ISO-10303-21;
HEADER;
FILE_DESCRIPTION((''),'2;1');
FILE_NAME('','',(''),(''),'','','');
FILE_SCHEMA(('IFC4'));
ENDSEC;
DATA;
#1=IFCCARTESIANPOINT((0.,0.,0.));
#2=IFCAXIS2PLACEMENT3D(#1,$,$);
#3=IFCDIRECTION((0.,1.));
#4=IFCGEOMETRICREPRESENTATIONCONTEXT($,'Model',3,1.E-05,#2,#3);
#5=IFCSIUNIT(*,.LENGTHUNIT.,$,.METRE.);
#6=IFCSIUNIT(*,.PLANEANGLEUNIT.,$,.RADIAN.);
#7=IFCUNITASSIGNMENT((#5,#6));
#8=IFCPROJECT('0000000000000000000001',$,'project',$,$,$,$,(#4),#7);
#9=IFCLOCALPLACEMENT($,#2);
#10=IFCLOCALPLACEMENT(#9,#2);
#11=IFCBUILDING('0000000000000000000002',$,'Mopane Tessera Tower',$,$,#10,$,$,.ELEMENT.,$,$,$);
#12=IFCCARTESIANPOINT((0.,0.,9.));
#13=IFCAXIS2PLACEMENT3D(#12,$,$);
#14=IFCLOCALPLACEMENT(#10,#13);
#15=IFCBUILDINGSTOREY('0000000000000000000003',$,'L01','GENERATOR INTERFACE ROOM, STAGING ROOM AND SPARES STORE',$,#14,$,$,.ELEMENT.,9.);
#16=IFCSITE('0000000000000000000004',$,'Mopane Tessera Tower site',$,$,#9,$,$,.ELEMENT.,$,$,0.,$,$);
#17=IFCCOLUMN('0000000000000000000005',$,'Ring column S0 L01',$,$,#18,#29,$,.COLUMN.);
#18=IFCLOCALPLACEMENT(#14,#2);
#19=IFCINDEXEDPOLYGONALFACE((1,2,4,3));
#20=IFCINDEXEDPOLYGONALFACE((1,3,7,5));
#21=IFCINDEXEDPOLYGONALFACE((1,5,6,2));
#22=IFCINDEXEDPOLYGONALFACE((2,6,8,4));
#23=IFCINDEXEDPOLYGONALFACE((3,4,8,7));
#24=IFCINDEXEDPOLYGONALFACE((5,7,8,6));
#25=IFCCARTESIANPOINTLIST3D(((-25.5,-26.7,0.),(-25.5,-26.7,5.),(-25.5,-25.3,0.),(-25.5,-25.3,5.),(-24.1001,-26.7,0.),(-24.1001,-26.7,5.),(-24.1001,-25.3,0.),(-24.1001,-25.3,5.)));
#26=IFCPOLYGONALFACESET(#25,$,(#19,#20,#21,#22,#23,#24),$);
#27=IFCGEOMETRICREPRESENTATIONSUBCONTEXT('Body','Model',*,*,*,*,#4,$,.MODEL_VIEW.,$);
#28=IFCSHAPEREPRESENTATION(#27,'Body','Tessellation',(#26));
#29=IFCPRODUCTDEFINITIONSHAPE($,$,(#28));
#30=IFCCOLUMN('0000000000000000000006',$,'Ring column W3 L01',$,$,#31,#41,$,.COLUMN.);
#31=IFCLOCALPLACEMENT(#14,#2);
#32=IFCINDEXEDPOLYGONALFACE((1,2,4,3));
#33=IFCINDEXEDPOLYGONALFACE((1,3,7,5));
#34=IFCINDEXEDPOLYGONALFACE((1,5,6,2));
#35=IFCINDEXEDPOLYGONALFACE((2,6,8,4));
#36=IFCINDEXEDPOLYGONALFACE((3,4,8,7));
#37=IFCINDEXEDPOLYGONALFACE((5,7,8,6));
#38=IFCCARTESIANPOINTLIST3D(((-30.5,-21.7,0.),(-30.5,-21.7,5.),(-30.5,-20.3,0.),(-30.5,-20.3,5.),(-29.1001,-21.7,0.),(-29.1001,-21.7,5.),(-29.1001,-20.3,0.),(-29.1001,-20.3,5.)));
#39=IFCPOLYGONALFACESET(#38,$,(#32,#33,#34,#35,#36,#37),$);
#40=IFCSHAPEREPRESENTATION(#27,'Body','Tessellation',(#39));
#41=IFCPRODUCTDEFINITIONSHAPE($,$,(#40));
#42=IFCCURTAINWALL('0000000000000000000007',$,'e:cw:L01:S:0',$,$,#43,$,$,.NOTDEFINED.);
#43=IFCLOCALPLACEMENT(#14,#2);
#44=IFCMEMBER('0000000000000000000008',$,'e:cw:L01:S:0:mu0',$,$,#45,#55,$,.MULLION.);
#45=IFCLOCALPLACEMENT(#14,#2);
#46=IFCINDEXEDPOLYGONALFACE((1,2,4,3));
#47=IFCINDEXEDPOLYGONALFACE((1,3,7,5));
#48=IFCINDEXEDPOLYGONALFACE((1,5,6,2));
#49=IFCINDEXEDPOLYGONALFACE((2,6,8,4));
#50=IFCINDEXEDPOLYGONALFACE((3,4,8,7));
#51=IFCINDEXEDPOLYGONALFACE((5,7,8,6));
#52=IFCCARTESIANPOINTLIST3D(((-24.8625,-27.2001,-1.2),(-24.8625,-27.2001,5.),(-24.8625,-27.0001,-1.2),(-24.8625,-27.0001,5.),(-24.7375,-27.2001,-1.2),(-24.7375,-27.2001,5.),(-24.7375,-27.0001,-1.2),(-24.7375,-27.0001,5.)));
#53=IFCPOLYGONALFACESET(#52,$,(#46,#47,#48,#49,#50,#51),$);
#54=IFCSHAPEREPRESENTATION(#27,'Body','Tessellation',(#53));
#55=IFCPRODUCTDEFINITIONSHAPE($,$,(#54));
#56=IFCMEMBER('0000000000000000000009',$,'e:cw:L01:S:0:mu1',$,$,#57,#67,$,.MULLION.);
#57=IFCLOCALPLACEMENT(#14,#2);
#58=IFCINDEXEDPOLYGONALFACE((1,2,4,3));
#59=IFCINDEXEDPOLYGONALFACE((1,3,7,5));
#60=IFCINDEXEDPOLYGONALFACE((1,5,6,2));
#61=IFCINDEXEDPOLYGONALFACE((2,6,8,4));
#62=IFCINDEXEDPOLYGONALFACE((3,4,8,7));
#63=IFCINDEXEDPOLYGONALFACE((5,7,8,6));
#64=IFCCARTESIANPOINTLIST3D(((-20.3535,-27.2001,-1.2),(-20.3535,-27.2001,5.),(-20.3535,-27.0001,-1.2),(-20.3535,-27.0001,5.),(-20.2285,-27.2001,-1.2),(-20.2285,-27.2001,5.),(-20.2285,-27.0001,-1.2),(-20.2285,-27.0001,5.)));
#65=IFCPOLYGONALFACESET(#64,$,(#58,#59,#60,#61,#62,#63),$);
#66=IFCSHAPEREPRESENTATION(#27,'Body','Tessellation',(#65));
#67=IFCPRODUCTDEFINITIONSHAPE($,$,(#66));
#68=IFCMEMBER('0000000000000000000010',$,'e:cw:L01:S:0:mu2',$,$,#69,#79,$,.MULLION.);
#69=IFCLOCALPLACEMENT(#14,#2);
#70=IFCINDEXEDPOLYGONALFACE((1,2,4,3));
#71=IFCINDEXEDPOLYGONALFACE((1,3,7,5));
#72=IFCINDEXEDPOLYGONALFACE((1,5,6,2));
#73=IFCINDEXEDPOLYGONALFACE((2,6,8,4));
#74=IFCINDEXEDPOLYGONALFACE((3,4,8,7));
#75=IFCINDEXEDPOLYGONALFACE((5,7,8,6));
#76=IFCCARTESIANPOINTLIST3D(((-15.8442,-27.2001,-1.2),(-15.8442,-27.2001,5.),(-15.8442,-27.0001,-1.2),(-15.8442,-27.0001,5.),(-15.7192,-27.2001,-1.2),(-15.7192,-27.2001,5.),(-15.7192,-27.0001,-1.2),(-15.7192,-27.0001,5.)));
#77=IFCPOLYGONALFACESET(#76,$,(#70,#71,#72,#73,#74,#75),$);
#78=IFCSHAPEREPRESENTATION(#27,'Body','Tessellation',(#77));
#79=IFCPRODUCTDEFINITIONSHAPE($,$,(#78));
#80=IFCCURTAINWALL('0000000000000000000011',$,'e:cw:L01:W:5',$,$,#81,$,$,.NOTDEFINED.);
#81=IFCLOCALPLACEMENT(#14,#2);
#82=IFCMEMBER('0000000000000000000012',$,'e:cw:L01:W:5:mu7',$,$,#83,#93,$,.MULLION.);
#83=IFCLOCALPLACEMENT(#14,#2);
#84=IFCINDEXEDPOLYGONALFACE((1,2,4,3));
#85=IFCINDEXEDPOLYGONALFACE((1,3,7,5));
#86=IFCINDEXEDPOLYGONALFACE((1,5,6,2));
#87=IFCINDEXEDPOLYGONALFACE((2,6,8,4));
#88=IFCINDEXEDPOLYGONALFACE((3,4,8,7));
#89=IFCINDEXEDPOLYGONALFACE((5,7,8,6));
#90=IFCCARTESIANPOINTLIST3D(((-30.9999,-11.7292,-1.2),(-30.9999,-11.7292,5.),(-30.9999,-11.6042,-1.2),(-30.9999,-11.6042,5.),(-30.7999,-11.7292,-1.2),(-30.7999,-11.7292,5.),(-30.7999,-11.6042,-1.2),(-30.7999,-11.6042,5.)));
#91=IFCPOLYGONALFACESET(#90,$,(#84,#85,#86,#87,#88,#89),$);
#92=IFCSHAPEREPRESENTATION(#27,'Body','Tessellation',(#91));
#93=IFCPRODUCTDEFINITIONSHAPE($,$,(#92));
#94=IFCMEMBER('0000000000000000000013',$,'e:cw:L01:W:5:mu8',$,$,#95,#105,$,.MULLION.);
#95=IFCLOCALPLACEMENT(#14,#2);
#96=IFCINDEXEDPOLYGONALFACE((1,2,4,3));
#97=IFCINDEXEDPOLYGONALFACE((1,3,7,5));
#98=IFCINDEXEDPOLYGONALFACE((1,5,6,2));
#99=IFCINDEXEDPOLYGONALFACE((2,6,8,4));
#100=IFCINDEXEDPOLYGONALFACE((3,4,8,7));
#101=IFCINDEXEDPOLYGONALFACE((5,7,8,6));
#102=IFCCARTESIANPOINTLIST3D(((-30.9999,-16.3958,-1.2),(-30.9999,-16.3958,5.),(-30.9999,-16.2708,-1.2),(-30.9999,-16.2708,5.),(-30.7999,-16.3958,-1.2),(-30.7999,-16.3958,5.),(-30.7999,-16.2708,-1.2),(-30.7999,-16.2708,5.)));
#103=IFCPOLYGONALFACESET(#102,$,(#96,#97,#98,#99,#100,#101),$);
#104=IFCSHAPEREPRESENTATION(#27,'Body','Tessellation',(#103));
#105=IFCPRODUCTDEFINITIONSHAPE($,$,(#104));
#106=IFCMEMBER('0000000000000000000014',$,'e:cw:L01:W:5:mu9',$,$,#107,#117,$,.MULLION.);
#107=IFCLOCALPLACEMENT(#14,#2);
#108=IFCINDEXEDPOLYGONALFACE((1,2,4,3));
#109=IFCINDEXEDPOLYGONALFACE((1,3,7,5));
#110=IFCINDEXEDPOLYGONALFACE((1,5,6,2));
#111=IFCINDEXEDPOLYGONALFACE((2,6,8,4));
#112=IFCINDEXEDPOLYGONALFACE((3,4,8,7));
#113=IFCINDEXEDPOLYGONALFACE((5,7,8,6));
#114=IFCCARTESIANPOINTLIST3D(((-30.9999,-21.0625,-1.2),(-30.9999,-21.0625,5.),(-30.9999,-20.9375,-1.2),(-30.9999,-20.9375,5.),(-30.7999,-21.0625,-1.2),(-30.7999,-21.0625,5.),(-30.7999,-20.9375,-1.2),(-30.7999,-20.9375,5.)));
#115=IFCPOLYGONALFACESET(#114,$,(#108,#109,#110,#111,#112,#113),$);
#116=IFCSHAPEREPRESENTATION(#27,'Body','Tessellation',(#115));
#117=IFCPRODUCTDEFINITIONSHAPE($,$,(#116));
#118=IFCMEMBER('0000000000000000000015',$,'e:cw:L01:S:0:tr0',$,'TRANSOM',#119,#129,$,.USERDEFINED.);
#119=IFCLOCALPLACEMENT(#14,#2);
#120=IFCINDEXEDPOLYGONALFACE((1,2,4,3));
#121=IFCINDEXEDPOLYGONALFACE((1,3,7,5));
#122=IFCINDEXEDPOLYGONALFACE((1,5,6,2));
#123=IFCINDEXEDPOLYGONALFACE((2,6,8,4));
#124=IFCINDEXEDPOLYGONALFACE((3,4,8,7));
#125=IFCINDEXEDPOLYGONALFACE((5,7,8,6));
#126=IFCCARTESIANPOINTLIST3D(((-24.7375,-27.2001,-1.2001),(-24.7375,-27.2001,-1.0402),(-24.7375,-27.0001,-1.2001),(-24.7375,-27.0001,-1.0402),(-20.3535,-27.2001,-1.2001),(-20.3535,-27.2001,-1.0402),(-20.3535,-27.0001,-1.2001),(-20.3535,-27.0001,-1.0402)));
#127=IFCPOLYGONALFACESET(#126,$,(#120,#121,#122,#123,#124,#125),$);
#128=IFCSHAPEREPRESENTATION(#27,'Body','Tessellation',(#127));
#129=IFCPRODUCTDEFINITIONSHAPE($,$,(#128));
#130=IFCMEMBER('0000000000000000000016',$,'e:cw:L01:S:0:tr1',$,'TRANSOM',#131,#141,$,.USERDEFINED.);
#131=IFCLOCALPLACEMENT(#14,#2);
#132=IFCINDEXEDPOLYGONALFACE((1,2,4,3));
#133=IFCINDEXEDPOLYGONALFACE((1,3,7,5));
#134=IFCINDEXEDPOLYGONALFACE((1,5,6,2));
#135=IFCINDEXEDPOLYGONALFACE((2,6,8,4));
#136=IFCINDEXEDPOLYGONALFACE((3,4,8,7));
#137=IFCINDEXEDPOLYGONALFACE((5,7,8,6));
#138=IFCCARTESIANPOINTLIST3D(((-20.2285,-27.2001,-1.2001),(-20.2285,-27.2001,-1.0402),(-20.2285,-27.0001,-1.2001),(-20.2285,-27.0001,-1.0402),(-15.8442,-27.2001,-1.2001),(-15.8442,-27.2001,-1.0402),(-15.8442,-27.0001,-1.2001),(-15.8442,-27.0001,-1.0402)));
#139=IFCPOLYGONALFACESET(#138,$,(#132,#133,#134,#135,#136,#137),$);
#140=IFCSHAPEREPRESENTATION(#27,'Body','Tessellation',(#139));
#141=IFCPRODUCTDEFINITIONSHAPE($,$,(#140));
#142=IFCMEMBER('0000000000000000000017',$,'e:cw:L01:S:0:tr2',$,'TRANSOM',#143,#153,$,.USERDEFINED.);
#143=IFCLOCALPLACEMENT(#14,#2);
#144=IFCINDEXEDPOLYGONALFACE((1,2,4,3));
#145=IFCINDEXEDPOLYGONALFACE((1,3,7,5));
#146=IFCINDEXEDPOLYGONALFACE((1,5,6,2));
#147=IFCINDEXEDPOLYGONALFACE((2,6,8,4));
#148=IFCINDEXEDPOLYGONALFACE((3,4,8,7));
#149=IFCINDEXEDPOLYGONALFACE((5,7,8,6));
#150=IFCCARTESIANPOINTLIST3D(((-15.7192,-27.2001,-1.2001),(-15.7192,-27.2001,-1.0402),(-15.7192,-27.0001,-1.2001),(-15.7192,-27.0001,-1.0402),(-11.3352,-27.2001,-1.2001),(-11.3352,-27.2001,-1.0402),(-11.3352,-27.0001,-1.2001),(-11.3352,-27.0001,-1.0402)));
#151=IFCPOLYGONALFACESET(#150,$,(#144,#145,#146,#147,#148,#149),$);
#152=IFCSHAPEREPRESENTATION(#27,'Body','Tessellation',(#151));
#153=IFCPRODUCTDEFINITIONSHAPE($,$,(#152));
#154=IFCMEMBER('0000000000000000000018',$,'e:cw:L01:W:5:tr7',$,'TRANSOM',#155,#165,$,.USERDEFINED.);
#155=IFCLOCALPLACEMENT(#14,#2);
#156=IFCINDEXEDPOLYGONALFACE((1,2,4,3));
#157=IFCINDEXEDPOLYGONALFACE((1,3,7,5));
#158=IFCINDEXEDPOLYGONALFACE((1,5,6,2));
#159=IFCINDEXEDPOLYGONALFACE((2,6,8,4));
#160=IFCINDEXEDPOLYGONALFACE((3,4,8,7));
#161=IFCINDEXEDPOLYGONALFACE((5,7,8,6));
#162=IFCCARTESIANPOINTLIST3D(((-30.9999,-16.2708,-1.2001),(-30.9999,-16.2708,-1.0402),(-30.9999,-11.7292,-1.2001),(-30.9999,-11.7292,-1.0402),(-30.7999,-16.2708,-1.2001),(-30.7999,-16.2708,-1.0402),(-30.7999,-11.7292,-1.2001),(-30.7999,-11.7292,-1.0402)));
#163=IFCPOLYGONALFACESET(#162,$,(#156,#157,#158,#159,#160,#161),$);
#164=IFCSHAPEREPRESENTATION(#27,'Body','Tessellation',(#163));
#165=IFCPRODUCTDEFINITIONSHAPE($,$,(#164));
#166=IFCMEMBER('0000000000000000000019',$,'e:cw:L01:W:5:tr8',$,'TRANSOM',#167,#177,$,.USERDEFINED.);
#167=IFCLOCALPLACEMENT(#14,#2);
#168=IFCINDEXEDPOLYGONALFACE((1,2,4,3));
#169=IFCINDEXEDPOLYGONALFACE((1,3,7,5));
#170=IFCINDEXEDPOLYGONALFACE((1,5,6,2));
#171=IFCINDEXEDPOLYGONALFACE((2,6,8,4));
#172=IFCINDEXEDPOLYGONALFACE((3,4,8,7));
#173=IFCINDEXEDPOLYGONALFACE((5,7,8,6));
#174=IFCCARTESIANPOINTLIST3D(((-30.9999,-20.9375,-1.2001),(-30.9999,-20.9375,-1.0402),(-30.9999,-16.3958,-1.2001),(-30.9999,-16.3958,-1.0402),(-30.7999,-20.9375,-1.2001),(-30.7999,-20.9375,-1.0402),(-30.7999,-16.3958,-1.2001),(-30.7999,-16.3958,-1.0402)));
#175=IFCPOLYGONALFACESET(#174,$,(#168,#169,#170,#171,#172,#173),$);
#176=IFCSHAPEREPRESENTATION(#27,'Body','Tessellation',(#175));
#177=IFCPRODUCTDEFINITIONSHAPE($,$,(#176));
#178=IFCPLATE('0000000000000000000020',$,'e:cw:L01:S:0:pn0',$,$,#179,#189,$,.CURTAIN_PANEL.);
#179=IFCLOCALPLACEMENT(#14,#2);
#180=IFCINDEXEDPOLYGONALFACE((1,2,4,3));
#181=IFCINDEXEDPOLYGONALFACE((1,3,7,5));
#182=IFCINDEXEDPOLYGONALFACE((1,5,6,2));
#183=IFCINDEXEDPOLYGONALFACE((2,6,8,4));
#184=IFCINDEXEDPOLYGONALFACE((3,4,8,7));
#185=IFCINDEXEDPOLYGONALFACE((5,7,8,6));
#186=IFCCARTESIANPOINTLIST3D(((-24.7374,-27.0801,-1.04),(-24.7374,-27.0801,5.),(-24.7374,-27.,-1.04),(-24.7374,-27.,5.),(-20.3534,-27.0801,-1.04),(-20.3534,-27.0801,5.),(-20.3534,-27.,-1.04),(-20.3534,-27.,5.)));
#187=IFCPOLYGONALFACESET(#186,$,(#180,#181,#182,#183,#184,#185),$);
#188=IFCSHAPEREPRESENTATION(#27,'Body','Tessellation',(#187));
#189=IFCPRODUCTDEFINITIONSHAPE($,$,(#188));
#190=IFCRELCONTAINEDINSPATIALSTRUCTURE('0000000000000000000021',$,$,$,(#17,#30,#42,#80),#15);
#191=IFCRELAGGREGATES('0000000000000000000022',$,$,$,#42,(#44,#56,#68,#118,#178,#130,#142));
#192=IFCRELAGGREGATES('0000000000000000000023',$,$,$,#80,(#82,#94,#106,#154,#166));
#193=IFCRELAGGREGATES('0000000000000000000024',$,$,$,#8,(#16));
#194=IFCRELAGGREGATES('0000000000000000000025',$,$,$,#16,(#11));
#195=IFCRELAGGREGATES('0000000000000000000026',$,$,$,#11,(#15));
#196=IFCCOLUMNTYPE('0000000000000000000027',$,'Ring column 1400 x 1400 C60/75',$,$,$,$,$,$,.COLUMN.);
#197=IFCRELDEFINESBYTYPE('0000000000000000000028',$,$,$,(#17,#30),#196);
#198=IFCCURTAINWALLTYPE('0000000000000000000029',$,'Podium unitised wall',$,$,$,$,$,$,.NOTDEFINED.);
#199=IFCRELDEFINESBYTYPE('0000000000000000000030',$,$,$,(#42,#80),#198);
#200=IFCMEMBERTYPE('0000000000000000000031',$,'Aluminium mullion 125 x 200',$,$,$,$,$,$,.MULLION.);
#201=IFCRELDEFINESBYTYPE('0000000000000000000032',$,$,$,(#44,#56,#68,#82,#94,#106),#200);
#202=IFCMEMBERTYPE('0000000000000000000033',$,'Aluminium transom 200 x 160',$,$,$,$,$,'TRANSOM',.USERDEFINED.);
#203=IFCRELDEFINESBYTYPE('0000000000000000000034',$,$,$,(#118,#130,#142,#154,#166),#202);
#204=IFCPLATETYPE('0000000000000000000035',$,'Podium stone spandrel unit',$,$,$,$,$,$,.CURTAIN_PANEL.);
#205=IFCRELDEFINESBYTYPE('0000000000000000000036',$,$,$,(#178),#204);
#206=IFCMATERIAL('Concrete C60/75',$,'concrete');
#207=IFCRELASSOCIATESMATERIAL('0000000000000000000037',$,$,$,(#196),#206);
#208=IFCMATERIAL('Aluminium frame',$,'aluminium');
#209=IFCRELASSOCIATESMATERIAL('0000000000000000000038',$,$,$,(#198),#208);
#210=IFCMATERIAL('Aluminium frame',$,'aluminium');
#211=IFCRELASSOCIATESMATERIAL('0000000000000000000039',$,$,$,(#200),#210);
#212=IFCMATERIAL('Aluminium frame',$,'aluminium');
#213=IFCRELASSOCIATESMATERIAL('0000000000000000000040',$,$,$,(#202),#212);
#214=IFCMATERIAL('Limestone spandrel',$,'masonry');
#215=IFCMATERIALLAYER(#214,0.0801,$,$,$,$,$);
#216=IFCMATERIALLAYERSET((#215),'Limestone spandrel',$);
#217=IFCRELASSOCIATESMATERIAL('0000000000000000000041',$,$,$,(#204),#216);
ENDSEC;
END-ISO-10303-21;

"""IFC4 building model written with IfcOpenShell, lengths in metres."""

from ifc_helpers import new_model, si_unit, direction, frame, origin, origin_2d, place, context, subcontext, project, spatial, rectangle, extrude, material, layer, layer_set, material_profile, profile_set, type_object, element, aggregate, save


model = new_model("IFC4")

# Units and contexts
model_context = context("Model", 3, precision=1e-05, world=origin(), true_north=direction((0.0, 1.0)))
body_context = subcontext(model_context, "Body", "Model", "MODEL_VIEW")
ifc_project = project(units=[si_unit("LENGTHUNIT", "METRE"), si_unit("PLANEANGLEUNIT", "RADIAN")], contexts=[model_context])

# Site, building, storey
site_placement = place(None, origin())
site = spatial("IfcSite", under=ifc_project, at=site_placement, Name="Mopane Tessera Tower site", CompositionType="ELEMENT", RefElevation=0.0)
building_placement = place(site_placement, origin())
building = spatial("IfcBuilding", under=site, at=building_placement, Name="Mopane Tessera Tower", CompositionType="ELEMENT")
storey_placement = place(building_placement, frame((0.0, 0.0, 9.0)))
storey = spatial("IfcBuildingStorey", under=building, at=storey_placement, Name="L01", Description="GENERATOR INTERFACE ROOM, STAGING ROOM AND SPARES STORE", CompositionType="ELEMENT", Elevation=9.0)

# Columns
ifc_material_1 = material(Name="Concrete C60/75", Category="concrete")
ifc_material_profile_1 = material_profile(ifc_material_1, rectangle(XDim=1.3999, YDim=1.3999, at=origin_2d()))
ifc_profile_set_1 = profile_set([ifc_material_profile_1], Name="Concrete C60/75")
column_type = type_object("IfcColumnType", Name="Ring column 1400 x 1400 C60/75", PredefinedType="COLUMN", material=ifc_profile_set_1)
for number, where, z_axis, x_axis, name in (
    (1, (-24.8, -26.0, 0.0), (0.0, 0.0, 1.0), (1.0, 0.0, 0.0), "Ring column S0 L01"),
    (2, (-29.8, -21.0, 0.0), (0.0, 0.0, 1.0), (1.0, 0.0, 0.0), "Ring column W3 L01"),
):
    element("IfcColumn", number, at=place(storey_placement, frame(where, z_axis=z_axis, x_axis=x_axis)), inside=storey, type_object=column_type, Name=name, PredefinedType="COLUMN", context=body_context, shape_type="SweptSolid", body=[
        extrude(rectangle(XDim=1.3999, YDim=1.3999, at=origin_2d()), origin(), (0.0, 0.0, 1.0), 5.0),
    ])

# Curtain walls, members
ifc_material_2 = material(Name="Aluminium frame", Category="aluminium")
curtain_wall_type = type_object("IfcCurtainWallType", Name="Podium unitised wall", PredefinedType="NOTDEFINED", material=ifc_material_2)
curtain_wall_1_placement = place(storey_placement, origin())
curtain_wall_1 = element("IfcCurtainWall", 3, at=curtain_wall_1_placement, inside=storey, type_object=curtain_wall_type, Name="e:cw:L01:S:0", PredefinedType="NOTDEFINED")
ifc_material_3 = material(Name="Aluminium frame", Category="aluminium")
ifc_material_profile_2 = material_profile(ifc_material_3, rectangle(XDim=0.125, YDim=0.2, at=origin_2d()))
ifc_profile_set_2 = profile_set([ifc_material_profile_2], Name="Aluminium frame")
member_type_1 = type_object("IfcMemberType", Name="Aluminium mullion 125 x 200", PredefinedType="MULLION", material=ifc_profile_set_2)
member_1_placement = place(storey_placement, frame((-24.8, -27.1001, -1.2), z_axis=(0.0, 0.0, 1.0), x_axis=(1.0, 0.0, 0.0)))
member_1 = element("IfcMember", 4, at=member_1_placement, type_object=member_type_1, Name="e:cw:L01:S:0:mu0", PredefinedType="MULLION", context=body_context, shape_type="SweptSolid", body=[
    extrude(rectangle(XDim=0.125, YDim=0.2, at=origin_2d()), origin(), (0.0, 0.0, 1.0), 6.2),
])
member_2_placement = place(storey_placement, frame((-20.291, -27.1001, -1.2), z_axis=(0.0, 0.0, 1.0), x_axis=(1.0, 0.0, 0.0)))
member_2 = element("IfcMember", 5, at=member_2_placement, type_object=member_type_1, Name="e:cw:L01:S:0:mu1", PredefinedType="MULLION", context=body_context, shape_type="SweptSolid", body=[
    extrude(rectangle(XDim=0.125, YDim=0.2, at=origin_2d()), origin(), (0.0, 0.0, 1.0), 6.2),
])
member_3_placement = place(storey_placement, frame((-15.7817, -27.1001, -1.2), z_axis=(0.0, 0.0, 1.0), x_axis=(1.0, 0.0, 0.0)))
member_3 = element("IfcMember", 6, at=member_3_placement, type_object=member_type_1, Name="e:cw:L01:S:0:mu2", PredefinedType="MULLION", context=body_context, shape_type="SweptSolid", body=[
    extrude(rectangle(XDim=0.125, YDim=0.2, at=origin_2d()), origin(), (0.0, 0.0, 1.0), 6.2),
])
curtain_wall_2_placement = place(storey_placement, origin())
curtain_wall_2 = element("IfcCurtainWall", 7, at=curtain_wall_2_placement, inside=storey, type_object=curtain_wall_type, Name="e:cw:L01:W:5", PredefinedType="NOTDEFINED")
member_4_placement = place(storey_placement, frame((-30.8999, -11.6667, -1.2), z_axis=(0.0, 0.0, 1.0), x_axis=(0.0, -1.0, 0.0)))
member_4 = element("IfcMember", 8, at=member_4_placement, type_object=member_type_1, Name="e:cw:L01:W:5:mu7", PredefinedType="MULLION", context=body_context, shape_type="SweptSolid", body=[
    extrude(rectangle(XDim=0.125, YDim=0.2, at=origin_2d()), origin(), (0.0, 0.0, 1.0), 6.2),
])
member_5_placement = place(storey_placement, frame((-30.8999, -16.3333, -1.2), z_axis=(0.0, 0.0, 1.0), x_axis=(0.0, -1.0, 0.0)))
member_5 = element("IfcMember", 9, at=member_5_placement, type_object=member_type_1, Name="e:cw:L01:W:5:mu8", PredefinedType="MULLION", context=body_context, shape_type="SweptSolid", body=[
    extrude(rectangle(XDim=0.125, YDim=0.2, at=origin_2d()), origin(), (0.0, 0.0, 1.0), 6.2),
])
member_6_placement = place(storey_placement, frame((-30.8999, -21.0, -1.2), z_axis=(0.0, 0.0, 1.0), x_axis=(0.0, -1.0, 0.0)))
member_6 = element("IfcMember", 10, at=member_6_placement, type_object=member_type_1, Name="e:cw:L01:W:5:mu9", PredefinedType="MULLION", context=body_context, shape_type="SweptSolid", body=[
    extrude(rectangle(XDim=0.125, YDim=0.2, at=origin_2d()), origin(), (0.0, 0.0, 1.0), 6.2),
])

# Members
ifc_material_4 = material(Name="Aluminium frame", Category="aluminium")
ifc_material_profile_3 = material_profile(ifc_material_4, rectangle(XDim=0.2, YDim=0.1599, at=origin_2d()))
ifc_profile_set_3 = profile_set([ifc_material_profile_3], Name="Aluminium frame")
member_type_2 = type_object("IfcMemberType", Name="Aluminium transom 200 x 160", ElementType="TRANSOM", PredefinedType="USERDEFINED", material=ifc_profile_set_3)
member_7_placement = place(storey_placement, frame((-24.7375, -27.1001, -1.1201), z_axis=(1.0, 0.0, 0.0), x_axis=(0.0, 1.0, 0.0)))
member_7 = element("IfcMember", 11, at=member_7_placement, type_object=member_type_2, Name="e:cw:L01:S:0:tr0", ObjectType="TRANSOM", PredefinedType="USERDEFINED", context=body_context, shape_type="SweptSolid", body=[
    extrude(rectangle(XDim=0.2, YDim=0.1599, at=origin_2d()), origin(), (0.0, 0.0, 1.0), 4.384),
])
member_8_placement = place(storey_placement, frame((-20.2285, -27.1001, -1.1201), z_axis=(1.0, 0.0, 0.0), x_axis=(0.0, 1.0, 0.0)))
member_8 = element("IfcMember", 12, at=member_8_placement, type_object=member_type_2, Name="e:cw:L01:S:0:tr1", ObjectType="TRANSOM", PredefinedType="USERDEFINED", context=body_context, shape_type="SweptSolid", body=[
    extrude(rectangle(XDim=0.2, YDim=0.1599, at=origin_2d()), origin(), (0.0, 0.0, 1.0), 4.3843),
])
member_9_placement = place(storey_placement, frame((-15.7192, -27.1001, -1.1201), z_axis=(1.0, 0.0, 0.0), x_axis=(0.0, 1.0, 0.0)))
member_9 = element("IfcMember", 13, at=member_9_placement, type_object=member_type_2, Name="e:cw:L01:S:0:tr2", ObjectType="TRANSOM", PredefinedType="USERDEFINED", context=body_context, shape_type="SweptSolid", body=[
    extrude(rectangle(XDim=0.2, YDim=0.1599, at=origin_2d()), origin(), (0.0, 0.0, 1.0), 4.384),
])
member_10_placement = place(storey_placement, frame((-30.8999, -11.7292, -1.1201), z_axis=(0.0, -1.0, 0.0), x_axis=(1.0, 0.0, 0.0)))
member_10 = element("IfcMember", 14, at=member_10_placement, type_object=member_type_2, Name="e:cw:L01:W:5:tr7", ObjectType="TRANSOM", PredefinedType="USERDEFINED", context=body_context, shape_type="SweptSolid", body=[
    extrude(rectangle(XDim=0.2, YDim=0.1599, at=origin_2d()), origin(), (0.0, 0.0, 1.0), 4.5415),
])
member_11_placement = place(storey_placement, frame((-30.8999, -16.3958, -1.1201), z_axis=(0.0, -1.0, 0.0), x_axis=(1.0, 0.0, 0.0)))
member_11 = element("IfcMember", 15, at=member_11_placement, type_object=member_type_2, Name="e:cw:L01:W:5:tr8", ObjectType="TRANSOM", PredefinedType="USERDEFINED", context=body_context, shape_type="SweptSolid", body=[
    extrude(rectangle(XDim=0.2, YDim=0.1599, at=origin_2d()), origin(), (0.0, 0.0, 1.0), 4.5417),
])

# Plate
ifc_material_5 = material(Name="Limestone spandrel", Category="masonry")
ifc_layer_1 = layer(ifc_material_5, 0.0801)
ifc_layer_set_1 = layer_set([ifc_layer_1], Name="Limestone spandrel")
plate_type = type_object("IfcPlateType", Name="Podium stone spandrel unit", PredefinedType="CURTAIN_PANEL", material=ifc_layer_set_1)
plate_1_placement = place(storey_placement, frame((-22.5454, -27.04, -1.04), z_axis=(0.0, 0.0, 1.0), x_axis=(1.0, 0.0, 0.0)))
plate_1 = element("IfcPlate", 16, at=plate_1_placement, type_object=plate_type, Name="e:cw:L01:S:0:pn0", PredefinedType="CURTAIN_PANEL", context=body_context, shape_type="SweptSolid", body=[
    extrude(rectangle(XDim=4.384, YDim=0.0801, at=origin_2d()), origin(), (0.0, 0.0, 1.0), 6.04),
])
aggregate(curtain_wall_1, [member_1, member_2, member_3, member_7, plate_1, member_8, member_9])
aggregate(curtain_wall_2, [member_4, member_5, member_6, member_10, member_11])

save(model, "model.ifc")
